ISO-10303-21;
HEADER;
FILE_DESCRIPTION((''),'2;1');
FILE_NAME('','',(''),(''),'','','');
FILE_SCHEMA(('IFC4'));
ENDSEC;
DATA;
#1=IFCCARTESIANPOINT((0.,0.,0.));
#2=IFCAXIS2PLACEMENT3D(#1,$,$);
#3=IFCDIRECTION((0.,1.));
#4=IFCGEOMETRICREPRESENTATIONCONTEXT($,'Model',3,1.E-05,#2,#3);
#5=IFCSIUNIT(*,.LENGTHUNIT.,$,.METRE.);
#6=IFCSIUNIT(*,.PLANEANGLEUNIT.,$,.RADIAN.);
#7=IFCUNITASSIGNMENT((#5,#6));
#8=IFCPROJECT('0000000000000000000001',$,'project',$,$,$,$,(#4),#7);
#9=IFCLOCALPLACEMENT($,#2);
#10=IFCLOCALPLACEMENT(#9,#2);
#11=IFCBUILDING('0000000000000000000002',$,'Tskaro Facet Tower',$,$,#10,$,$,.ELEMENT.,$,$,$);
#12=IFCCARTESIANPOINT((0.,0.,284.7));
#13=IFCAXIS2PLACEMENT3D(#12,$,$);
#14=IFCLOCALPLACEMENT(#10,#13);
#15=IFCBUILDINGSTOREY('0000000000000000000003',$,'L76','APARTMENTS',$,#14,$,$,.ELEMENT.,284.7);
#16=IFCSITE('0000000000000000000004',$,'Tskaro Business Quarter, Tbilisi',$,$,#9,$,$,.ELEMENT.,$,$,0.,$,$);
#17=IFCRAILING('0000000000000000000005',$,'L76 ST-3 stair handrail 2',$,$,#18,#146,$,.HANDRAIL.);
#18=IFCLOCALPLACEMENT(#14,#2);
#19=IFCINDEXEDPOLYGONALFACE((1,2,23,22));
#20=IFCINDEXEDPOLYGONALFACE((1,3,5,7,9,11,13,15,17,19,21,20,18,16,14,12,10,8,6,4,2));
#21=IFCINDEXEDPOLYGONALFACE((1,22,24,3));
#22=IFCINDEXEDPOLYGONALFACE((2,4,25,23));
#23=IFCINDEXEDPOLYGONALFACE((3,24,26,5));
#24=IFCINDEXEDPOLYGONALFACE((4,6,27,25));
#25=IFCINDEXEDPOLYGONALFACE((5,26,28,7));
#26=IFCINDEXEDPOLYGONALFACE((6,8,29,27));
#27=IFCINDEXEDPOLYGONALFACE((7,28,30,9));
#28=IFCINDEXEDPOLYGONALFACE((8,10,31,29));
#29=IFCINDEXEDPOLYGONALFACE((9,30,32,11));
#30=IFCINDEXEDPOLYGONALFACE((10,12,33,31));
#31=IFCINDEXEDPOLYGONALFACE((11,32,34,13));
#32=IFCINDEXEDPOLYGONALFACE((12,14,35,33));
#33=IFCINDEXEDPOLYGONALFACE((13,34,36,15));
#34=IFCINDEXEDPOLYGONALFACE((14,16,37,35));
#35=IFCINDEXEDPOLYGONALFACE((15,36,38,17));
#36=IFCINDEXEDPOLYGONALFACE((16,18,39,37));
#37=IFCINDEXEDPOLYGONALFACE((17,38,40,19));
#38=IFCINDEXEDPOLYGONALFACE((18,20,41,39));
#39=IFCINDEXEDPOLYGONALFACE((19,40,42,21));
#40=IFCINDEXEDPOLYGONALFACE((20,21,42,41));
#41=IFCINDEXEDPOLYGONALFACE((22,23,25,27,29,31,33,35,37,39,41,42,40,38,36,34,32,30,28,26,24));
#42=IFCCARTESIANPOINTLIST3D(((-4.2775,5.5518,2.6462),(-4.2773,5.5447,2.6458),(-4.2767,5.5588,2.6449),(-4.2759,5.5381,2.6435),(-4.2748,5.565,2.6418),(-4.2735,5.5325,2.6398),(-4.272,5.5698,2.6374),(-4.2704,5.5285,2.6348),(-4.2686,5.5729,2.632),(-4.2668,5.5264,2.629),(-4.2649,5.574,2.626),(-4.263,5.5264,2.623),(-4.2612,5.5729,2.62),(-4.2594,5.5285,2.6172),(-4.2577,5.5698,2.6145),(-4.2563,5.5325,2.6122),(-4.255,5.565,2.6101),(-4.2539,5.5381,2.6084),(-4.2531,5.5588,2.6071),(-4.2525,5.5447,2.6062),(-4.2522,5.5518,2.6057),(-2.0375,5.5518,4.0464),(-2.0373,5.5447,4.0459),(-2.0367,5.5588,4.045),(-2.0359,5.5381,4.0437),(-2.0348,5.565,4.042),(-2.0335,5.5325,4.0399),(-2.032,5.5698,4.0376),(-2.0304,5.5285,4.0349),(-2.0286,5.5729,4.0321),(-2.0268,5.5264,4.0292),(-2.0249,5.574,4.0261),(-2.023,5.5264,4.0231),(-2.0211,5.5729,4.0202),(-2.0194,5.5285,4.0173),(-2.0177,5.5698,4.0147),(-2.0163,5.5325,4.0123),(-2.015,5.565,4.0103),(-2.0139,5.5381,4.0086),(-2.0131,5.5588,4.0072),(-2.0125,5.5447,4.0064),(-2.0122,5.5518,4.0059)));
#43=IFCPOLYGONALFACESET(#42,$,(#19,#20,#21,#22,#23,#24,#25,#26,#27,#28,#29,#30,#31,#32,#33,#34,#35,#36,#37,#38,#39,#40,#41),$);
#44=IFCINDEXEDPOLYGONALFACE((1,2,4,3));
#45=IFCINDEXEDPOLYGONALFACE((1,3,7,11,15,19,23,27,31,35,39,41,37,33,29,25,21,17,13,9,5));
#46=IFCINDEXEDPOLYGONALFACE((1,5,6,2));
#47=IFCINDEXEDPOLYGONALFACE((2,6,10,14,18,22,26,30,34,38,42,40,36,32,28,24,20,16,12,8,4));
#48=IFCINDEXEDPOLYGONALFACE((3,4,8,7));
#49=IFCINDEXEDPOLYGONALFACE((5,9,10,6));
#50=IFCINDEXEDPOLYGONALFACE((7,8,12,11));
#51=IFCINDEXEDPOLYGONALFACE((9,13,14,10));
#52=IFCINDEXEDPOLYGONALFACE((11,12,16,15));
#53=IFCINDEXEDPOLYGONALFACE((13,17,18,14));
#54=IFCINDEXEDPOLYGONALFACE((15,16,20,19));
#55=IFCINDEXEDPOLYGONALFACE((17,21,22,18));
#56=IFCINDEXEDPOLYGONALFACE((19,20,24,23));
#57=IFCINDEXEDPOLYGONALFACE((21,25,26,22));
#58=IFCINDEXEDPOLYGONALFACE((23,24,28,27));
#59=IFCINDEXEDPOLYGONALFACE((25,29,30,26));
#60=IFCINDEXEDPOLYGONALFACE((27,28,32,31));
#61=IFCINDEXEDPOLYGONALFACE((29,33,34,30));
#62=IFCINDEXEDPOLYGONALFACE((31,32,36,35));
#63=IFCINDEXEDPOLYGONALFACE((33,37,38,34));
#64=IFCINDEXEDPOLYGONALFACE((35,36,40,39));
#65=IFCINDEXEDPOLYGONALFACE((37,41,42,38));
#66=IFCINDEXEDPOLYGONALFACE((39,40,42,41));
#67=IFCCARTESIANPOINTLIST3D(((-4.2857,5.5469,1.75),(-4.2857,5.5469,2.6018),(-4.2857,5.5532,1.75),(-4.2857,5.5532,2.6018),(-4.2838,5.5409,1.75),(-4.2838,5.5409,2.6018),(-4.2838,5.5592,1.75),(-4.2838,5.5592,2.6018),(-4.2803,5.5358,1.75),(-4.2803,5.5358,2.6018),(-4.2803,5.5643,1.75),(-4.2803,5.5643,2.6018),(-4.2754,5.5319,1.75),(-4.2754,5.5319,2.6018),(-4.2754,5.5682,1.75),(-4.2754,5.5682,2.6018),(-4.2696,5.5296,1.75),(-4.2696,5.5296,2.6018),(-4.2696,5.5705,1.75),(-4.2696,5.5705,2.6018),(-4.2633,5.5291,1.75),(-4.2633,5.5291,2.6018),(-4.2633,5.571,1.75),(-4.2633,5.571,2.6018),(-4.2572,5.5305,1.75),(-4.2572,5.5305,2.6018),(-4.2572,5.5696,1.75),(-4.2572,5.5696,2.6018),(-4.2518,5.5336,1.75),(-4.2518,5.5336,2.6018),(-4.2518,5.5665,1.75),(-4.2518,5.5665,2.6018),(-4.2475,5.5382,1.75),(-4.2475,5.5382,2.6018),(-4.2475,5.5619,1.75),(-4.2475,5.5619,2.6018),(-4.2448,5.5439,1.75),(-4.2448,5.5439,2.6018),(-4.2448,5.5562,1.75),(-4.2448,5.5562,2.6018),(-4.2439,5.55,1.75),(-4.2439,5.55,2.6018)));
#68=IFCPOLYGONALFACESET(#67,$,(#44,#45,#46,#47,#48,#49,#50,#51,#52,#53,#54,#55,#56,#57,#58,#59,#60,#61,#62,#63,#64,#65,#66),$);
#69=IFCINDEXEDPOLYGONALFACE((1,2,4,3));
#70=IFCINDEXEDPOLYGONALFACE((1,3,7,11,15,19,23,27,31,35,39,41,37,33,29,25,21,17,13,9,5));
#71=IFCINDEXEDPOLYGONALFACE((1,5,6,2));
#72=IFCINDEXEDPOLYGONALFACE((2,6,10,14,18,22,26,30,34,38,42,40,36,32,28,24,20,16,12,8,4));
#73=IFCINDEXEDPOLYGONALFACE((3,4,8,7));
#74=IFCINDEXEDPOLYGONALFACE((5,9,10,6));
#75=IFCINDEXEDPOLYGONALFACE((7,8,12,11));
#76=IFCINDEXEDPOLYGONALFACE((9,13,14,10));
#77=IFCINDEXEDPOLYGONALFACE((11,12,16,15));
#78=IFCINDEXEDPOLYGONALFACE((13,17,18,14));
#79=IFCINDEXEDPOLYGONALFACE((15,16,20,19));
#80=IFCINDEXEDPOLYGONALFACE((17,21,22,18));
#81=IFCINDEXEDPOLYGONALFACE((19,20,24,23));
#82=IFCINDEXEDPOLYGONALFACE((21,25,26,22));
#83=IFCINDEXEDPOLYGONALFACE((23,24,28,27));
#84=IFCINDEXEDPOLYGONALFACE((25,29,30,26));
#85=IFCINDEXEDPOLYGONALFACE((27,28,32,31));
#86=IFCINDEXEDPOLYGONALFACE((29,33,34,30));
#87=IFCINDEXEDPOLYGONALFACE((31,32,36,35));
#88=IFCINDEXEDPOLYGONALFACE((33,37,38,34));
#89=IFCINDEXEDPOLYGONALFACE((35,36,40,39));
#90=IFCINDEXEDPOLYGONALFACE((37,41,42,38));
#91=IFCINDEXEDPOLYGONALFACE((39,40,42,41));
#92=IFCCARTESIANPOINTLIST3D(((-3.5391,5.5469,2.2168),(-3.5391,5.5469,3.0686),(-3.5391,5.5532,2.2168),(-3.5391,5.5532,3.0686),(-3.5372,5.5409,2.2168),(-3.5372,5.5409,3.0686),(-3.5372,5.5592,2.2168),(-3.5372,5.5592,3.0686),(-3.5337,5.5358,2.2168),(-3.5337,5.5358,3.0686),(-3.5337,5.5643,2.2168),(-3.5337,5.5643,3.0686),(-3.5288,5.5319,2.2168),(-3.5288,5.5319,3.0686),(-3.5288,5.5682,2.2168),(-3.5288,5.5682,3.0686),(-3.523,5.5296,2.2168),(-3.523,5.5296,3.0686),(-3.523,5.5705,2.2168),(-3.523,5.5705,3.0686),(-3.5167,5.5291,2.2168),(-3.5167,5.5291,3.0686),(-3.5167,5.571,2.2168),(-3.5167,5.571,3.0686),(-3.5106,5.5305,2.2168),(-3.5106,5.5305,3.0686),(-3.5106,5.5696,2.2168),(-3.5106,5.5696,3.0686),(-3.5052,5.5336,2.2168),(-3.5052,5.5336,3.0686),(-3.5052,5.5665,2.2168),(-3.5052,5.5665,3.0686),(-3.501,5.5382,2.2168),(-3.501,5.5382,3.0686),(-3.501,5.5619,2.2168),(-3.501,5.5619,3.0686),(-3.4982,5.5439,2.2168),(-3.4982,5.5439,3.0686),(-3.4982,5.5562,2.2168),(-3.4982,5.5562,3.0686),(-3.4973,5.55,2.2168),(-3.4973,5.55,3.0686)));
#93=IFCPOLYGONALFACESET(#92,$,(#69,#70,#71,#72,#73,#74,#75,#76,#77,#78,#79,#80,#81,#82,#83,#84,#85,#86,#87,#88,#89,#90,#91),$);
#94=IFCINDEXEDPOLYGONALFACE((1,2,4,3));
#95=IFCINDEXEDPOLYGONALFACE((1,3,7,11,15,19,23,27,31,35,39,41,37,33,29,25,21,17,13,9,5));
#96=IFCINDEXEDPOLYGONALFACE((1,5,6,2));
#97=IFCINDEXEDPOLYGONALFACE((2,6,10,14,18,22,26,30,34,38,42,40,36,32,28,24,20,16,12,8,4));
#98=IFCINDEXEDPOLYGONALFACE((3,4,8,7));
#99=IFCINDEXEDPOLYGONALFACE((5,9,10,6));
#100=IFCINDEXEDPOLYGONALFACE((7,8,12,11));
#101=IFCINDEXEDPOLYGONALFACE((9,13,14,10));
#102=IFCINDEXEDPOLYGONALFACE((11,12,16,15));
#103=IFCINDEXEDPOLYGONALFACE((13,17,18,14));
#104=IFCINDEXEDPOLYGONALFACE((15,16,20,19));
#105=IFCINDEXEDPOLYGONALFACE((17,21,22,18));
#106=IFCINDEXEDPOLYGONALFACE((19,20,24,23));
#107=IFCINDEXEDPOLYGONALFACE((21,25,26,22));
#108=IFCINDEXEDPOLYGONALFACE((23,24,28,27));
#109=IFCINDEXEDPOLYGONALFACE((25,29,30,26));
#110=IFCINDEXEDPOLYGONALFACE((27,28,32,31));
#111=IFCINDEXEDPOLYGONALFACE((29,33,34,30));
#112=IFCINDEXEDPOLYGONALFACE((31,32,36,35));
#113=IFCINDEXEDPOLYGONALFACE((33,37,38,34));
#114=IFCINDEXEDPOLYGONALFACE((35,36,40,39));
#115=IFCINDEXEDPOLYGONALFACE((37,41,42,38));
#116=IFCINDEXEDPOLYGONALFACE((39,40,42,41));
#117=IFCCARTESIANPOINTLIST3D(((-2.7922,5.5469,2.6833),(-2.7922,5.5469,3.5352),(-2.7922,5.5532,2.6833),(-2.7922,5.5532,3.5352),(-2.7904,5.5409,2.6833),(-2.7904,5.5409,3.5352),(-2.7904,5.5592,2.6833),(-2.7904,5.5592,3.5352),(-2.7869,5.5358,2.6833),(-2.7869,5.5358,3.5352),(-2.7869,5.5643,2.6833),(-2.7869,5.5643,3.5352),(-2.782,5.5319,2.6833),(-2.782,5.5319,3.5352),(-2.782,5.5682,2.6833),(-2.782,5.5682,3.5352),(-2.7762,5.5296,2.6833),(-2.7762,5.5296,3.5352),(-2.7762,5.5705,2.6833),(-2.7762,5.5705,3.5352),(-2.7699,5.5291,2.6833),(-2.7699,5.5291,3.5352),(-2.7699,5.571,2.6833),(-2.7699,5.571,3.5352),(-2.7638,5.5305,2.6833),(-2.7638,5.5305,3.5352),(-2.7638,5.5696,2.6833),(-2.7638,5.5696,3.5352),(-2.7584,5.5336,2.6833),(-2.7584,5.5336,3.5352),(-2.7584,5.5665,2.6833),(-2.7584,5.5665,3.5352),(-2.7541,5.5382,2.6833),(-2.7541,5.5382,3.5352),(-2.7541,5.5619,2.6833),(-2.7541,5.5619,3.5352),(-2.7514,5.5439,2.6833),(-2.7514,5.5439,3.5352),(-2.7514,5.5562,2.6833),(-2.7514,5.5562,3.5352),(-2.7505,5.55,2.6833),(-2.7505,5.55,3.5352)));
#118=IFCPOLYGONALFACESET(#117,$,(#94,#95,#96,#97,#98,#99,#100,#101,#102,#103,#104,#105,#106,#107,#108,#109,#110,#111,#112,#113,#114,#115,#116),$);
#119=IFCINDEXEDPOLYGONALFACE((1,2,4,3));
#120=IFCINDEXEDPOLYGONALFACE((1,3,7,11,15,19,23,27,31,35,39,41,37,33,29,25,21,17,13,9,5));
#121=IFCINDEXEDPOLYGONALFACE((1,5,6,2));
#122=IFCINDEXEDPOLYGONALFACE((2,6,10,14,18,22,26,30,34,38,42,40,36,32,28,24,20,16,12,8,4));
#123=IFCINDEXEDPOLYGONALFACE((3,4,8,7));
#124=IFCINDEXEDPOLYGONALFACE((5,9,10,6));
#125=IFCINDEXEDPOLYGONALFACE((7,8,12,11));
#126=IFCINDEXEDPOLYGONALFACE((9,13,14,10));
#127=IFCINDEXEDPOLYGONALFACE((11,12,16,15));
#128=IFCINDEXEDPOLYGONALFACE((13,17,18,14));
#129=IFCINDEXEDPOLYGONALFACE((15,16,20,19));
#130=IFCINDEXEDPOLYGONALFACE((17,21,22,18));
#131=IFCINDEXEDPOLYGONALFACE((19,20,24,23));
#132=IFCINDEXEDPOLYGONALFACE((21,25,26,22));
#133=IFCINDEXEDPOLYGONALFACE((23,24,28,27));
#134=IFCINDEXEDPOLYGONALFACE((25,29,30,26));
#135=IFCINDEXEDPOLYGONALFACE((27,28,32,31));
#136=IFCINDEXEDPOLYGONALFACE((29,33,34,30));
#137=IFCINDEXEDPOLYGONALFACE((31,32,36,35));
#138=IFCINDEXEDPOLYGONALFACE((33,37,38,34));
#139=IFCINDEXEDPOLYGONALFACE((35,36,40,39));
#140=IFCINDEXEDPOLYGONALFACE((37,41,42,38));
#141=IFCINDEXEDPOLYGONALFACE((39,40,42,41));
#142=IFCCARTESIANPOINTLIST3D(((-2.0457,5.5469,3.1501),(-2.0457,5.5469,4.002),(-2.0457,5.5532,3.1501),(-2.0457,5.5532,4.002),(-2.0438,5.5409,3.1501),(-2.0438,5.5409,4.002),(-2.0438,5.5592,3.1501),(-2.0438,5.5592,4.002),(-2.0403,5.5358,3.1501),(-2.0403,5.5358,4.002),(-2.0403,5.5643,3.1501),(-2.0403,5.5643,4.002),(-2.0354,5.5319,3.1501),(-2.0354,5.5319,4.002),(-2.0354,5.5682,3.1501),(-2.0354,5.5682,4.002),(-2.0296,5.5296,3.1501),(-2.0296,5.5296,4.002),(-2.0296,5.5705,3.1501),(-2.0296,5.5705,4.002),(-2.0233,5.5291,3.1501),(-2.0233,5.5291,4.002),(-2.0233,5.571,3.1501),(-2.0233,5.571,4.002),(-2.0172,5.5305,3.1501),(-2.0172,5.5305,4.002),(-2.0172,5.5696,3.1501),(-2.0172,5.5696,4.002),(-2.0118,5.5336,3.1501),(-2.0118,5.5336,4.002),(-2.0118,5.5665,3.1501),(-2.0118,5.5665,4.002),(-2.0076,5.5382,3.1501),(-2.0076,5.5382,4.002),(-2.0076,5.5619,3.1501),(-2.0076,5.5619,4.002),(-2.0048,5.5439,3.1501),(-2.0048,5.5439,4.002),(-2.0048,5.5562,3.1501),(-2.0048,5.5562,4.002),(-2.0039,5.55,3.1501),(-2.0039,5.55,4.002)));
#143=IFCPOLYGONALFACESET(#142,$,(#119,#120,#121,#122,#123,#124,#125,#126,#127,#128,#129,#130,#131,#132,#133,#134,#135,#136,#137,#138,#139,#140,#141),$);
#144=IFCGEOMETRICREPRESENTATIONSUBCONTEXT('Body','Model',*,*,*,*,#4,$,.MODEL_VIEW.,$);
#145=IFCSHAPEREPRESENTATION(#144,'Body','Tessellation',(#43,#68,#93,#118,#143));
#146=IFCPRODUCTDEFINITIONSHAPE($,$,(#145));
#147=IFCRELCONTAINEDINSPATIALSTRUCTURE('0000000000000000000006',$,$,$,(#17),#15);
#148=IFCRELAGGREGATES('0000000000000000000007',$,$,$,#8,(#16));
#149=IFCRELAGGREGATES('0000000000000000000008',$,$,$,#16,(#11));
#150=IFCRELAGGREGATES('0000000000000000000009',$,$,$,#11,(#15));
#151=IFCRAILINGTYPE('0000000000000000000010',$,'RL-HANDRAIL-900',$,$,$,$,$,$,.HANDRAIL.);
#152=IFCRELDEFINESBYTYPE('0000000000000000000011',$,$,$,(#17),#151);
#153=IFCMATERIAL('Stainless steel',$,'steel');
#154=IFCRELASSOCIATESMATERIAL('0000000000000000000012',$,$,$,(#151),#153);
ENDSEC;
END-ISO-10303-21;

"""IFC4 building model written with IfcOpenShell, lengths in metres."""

from ifc_helpers import new_model, si_unit, direction, frame, origin, origin_2d, place, context, subcontext, project, spatial, circle, extrude, material, type_object, element, save


model = new_model("IFC4")

# Units and contexts
model_context = context("Model", 3, precision=1e-05, world=origin(), true_north=direction((0.0, 1.0)))
body_context = subcontext(model_context, "Body", "Model", "MODEL_VIEW")
ifc_project = project(units=[si_unit("LENGTHUNIT", "METRE"), si_unit("PLANEANGLEUNIT", "RADIAN")], contexts=[model_context])

# Site, building, storey
site_placement = place(None, origin())
site = spatial("IfcSite", under=ifc_project, at=site_placement, Name="Tskaro Business Quarter, Tbilisi", CompositionType="ELEMENT", RefElevation=0.0)
building_placement = place(site_placement, origin())
building = spatial("IfcBuilding", under=site, at=building_placement, Name="Tskaro Facet Tower", CompositionType="ELEMENT")
storey_placement = place(building_placement, frame((0.0, 0.0, 284.7)))
storey = spatial("IfcBuildingStorey", under=building, at=storey_placement, Name="L76", Description="APARTMENTS", CompositionType="ELEMENT", Elevation=284.7)

# Railing
ifc_material_1 = material(Name="Stainless steel", Category="steel")
railing_type = type_object("IfcRailingType", Name="RL-HANDRAIL-900", PredefinedType="HANDRAIL", material=ifc_material_1)
railing_placement = place(storey_placement, frame((-4.2649, 5.55, 1.75)))
element("IfcRailing", 1, at=railing_placement, inside=storey, type_object=railing_type, Name="L76 ST-3 stair handrail 2", PredefinedType="HANDRAIL", context=body_context, shape_type="SweptSolid", body=[
    extrude(circle(Radius=0.0239, at=origin_2d()), frame((0.0, 0.0, 0.876), z_axis=(0.847972, 0.0, 0.53004), x_axis=(0.0, 1.0, 0.0)), (0.0, 0.0, 1.0), 2.6416),
    extrude(circle(Radius=0.021, at=origin_2d()), origin(), (0.0, 0.0, 1.0), 0.8518),
    extrude(circle(Radius=0.021, at=origin_2d()), frame((0.7466, 0.0, 0.4668)), (0.0, 0.0, 1.0), 0.8518),
    extrude(circle(Radius=0.021, at=origin_2d()), frame((1.4934, 0.0, 0.9333)), (0.0, 0.0, 1.0), 0.8518),
    extrude(circle(Radius=0.021, at=origin_2d()), frame((2.24, 0.0, 1.4001)), (0.0, 0.0, 1.0), 0.8518),
])

save(model, "model.ifc")
